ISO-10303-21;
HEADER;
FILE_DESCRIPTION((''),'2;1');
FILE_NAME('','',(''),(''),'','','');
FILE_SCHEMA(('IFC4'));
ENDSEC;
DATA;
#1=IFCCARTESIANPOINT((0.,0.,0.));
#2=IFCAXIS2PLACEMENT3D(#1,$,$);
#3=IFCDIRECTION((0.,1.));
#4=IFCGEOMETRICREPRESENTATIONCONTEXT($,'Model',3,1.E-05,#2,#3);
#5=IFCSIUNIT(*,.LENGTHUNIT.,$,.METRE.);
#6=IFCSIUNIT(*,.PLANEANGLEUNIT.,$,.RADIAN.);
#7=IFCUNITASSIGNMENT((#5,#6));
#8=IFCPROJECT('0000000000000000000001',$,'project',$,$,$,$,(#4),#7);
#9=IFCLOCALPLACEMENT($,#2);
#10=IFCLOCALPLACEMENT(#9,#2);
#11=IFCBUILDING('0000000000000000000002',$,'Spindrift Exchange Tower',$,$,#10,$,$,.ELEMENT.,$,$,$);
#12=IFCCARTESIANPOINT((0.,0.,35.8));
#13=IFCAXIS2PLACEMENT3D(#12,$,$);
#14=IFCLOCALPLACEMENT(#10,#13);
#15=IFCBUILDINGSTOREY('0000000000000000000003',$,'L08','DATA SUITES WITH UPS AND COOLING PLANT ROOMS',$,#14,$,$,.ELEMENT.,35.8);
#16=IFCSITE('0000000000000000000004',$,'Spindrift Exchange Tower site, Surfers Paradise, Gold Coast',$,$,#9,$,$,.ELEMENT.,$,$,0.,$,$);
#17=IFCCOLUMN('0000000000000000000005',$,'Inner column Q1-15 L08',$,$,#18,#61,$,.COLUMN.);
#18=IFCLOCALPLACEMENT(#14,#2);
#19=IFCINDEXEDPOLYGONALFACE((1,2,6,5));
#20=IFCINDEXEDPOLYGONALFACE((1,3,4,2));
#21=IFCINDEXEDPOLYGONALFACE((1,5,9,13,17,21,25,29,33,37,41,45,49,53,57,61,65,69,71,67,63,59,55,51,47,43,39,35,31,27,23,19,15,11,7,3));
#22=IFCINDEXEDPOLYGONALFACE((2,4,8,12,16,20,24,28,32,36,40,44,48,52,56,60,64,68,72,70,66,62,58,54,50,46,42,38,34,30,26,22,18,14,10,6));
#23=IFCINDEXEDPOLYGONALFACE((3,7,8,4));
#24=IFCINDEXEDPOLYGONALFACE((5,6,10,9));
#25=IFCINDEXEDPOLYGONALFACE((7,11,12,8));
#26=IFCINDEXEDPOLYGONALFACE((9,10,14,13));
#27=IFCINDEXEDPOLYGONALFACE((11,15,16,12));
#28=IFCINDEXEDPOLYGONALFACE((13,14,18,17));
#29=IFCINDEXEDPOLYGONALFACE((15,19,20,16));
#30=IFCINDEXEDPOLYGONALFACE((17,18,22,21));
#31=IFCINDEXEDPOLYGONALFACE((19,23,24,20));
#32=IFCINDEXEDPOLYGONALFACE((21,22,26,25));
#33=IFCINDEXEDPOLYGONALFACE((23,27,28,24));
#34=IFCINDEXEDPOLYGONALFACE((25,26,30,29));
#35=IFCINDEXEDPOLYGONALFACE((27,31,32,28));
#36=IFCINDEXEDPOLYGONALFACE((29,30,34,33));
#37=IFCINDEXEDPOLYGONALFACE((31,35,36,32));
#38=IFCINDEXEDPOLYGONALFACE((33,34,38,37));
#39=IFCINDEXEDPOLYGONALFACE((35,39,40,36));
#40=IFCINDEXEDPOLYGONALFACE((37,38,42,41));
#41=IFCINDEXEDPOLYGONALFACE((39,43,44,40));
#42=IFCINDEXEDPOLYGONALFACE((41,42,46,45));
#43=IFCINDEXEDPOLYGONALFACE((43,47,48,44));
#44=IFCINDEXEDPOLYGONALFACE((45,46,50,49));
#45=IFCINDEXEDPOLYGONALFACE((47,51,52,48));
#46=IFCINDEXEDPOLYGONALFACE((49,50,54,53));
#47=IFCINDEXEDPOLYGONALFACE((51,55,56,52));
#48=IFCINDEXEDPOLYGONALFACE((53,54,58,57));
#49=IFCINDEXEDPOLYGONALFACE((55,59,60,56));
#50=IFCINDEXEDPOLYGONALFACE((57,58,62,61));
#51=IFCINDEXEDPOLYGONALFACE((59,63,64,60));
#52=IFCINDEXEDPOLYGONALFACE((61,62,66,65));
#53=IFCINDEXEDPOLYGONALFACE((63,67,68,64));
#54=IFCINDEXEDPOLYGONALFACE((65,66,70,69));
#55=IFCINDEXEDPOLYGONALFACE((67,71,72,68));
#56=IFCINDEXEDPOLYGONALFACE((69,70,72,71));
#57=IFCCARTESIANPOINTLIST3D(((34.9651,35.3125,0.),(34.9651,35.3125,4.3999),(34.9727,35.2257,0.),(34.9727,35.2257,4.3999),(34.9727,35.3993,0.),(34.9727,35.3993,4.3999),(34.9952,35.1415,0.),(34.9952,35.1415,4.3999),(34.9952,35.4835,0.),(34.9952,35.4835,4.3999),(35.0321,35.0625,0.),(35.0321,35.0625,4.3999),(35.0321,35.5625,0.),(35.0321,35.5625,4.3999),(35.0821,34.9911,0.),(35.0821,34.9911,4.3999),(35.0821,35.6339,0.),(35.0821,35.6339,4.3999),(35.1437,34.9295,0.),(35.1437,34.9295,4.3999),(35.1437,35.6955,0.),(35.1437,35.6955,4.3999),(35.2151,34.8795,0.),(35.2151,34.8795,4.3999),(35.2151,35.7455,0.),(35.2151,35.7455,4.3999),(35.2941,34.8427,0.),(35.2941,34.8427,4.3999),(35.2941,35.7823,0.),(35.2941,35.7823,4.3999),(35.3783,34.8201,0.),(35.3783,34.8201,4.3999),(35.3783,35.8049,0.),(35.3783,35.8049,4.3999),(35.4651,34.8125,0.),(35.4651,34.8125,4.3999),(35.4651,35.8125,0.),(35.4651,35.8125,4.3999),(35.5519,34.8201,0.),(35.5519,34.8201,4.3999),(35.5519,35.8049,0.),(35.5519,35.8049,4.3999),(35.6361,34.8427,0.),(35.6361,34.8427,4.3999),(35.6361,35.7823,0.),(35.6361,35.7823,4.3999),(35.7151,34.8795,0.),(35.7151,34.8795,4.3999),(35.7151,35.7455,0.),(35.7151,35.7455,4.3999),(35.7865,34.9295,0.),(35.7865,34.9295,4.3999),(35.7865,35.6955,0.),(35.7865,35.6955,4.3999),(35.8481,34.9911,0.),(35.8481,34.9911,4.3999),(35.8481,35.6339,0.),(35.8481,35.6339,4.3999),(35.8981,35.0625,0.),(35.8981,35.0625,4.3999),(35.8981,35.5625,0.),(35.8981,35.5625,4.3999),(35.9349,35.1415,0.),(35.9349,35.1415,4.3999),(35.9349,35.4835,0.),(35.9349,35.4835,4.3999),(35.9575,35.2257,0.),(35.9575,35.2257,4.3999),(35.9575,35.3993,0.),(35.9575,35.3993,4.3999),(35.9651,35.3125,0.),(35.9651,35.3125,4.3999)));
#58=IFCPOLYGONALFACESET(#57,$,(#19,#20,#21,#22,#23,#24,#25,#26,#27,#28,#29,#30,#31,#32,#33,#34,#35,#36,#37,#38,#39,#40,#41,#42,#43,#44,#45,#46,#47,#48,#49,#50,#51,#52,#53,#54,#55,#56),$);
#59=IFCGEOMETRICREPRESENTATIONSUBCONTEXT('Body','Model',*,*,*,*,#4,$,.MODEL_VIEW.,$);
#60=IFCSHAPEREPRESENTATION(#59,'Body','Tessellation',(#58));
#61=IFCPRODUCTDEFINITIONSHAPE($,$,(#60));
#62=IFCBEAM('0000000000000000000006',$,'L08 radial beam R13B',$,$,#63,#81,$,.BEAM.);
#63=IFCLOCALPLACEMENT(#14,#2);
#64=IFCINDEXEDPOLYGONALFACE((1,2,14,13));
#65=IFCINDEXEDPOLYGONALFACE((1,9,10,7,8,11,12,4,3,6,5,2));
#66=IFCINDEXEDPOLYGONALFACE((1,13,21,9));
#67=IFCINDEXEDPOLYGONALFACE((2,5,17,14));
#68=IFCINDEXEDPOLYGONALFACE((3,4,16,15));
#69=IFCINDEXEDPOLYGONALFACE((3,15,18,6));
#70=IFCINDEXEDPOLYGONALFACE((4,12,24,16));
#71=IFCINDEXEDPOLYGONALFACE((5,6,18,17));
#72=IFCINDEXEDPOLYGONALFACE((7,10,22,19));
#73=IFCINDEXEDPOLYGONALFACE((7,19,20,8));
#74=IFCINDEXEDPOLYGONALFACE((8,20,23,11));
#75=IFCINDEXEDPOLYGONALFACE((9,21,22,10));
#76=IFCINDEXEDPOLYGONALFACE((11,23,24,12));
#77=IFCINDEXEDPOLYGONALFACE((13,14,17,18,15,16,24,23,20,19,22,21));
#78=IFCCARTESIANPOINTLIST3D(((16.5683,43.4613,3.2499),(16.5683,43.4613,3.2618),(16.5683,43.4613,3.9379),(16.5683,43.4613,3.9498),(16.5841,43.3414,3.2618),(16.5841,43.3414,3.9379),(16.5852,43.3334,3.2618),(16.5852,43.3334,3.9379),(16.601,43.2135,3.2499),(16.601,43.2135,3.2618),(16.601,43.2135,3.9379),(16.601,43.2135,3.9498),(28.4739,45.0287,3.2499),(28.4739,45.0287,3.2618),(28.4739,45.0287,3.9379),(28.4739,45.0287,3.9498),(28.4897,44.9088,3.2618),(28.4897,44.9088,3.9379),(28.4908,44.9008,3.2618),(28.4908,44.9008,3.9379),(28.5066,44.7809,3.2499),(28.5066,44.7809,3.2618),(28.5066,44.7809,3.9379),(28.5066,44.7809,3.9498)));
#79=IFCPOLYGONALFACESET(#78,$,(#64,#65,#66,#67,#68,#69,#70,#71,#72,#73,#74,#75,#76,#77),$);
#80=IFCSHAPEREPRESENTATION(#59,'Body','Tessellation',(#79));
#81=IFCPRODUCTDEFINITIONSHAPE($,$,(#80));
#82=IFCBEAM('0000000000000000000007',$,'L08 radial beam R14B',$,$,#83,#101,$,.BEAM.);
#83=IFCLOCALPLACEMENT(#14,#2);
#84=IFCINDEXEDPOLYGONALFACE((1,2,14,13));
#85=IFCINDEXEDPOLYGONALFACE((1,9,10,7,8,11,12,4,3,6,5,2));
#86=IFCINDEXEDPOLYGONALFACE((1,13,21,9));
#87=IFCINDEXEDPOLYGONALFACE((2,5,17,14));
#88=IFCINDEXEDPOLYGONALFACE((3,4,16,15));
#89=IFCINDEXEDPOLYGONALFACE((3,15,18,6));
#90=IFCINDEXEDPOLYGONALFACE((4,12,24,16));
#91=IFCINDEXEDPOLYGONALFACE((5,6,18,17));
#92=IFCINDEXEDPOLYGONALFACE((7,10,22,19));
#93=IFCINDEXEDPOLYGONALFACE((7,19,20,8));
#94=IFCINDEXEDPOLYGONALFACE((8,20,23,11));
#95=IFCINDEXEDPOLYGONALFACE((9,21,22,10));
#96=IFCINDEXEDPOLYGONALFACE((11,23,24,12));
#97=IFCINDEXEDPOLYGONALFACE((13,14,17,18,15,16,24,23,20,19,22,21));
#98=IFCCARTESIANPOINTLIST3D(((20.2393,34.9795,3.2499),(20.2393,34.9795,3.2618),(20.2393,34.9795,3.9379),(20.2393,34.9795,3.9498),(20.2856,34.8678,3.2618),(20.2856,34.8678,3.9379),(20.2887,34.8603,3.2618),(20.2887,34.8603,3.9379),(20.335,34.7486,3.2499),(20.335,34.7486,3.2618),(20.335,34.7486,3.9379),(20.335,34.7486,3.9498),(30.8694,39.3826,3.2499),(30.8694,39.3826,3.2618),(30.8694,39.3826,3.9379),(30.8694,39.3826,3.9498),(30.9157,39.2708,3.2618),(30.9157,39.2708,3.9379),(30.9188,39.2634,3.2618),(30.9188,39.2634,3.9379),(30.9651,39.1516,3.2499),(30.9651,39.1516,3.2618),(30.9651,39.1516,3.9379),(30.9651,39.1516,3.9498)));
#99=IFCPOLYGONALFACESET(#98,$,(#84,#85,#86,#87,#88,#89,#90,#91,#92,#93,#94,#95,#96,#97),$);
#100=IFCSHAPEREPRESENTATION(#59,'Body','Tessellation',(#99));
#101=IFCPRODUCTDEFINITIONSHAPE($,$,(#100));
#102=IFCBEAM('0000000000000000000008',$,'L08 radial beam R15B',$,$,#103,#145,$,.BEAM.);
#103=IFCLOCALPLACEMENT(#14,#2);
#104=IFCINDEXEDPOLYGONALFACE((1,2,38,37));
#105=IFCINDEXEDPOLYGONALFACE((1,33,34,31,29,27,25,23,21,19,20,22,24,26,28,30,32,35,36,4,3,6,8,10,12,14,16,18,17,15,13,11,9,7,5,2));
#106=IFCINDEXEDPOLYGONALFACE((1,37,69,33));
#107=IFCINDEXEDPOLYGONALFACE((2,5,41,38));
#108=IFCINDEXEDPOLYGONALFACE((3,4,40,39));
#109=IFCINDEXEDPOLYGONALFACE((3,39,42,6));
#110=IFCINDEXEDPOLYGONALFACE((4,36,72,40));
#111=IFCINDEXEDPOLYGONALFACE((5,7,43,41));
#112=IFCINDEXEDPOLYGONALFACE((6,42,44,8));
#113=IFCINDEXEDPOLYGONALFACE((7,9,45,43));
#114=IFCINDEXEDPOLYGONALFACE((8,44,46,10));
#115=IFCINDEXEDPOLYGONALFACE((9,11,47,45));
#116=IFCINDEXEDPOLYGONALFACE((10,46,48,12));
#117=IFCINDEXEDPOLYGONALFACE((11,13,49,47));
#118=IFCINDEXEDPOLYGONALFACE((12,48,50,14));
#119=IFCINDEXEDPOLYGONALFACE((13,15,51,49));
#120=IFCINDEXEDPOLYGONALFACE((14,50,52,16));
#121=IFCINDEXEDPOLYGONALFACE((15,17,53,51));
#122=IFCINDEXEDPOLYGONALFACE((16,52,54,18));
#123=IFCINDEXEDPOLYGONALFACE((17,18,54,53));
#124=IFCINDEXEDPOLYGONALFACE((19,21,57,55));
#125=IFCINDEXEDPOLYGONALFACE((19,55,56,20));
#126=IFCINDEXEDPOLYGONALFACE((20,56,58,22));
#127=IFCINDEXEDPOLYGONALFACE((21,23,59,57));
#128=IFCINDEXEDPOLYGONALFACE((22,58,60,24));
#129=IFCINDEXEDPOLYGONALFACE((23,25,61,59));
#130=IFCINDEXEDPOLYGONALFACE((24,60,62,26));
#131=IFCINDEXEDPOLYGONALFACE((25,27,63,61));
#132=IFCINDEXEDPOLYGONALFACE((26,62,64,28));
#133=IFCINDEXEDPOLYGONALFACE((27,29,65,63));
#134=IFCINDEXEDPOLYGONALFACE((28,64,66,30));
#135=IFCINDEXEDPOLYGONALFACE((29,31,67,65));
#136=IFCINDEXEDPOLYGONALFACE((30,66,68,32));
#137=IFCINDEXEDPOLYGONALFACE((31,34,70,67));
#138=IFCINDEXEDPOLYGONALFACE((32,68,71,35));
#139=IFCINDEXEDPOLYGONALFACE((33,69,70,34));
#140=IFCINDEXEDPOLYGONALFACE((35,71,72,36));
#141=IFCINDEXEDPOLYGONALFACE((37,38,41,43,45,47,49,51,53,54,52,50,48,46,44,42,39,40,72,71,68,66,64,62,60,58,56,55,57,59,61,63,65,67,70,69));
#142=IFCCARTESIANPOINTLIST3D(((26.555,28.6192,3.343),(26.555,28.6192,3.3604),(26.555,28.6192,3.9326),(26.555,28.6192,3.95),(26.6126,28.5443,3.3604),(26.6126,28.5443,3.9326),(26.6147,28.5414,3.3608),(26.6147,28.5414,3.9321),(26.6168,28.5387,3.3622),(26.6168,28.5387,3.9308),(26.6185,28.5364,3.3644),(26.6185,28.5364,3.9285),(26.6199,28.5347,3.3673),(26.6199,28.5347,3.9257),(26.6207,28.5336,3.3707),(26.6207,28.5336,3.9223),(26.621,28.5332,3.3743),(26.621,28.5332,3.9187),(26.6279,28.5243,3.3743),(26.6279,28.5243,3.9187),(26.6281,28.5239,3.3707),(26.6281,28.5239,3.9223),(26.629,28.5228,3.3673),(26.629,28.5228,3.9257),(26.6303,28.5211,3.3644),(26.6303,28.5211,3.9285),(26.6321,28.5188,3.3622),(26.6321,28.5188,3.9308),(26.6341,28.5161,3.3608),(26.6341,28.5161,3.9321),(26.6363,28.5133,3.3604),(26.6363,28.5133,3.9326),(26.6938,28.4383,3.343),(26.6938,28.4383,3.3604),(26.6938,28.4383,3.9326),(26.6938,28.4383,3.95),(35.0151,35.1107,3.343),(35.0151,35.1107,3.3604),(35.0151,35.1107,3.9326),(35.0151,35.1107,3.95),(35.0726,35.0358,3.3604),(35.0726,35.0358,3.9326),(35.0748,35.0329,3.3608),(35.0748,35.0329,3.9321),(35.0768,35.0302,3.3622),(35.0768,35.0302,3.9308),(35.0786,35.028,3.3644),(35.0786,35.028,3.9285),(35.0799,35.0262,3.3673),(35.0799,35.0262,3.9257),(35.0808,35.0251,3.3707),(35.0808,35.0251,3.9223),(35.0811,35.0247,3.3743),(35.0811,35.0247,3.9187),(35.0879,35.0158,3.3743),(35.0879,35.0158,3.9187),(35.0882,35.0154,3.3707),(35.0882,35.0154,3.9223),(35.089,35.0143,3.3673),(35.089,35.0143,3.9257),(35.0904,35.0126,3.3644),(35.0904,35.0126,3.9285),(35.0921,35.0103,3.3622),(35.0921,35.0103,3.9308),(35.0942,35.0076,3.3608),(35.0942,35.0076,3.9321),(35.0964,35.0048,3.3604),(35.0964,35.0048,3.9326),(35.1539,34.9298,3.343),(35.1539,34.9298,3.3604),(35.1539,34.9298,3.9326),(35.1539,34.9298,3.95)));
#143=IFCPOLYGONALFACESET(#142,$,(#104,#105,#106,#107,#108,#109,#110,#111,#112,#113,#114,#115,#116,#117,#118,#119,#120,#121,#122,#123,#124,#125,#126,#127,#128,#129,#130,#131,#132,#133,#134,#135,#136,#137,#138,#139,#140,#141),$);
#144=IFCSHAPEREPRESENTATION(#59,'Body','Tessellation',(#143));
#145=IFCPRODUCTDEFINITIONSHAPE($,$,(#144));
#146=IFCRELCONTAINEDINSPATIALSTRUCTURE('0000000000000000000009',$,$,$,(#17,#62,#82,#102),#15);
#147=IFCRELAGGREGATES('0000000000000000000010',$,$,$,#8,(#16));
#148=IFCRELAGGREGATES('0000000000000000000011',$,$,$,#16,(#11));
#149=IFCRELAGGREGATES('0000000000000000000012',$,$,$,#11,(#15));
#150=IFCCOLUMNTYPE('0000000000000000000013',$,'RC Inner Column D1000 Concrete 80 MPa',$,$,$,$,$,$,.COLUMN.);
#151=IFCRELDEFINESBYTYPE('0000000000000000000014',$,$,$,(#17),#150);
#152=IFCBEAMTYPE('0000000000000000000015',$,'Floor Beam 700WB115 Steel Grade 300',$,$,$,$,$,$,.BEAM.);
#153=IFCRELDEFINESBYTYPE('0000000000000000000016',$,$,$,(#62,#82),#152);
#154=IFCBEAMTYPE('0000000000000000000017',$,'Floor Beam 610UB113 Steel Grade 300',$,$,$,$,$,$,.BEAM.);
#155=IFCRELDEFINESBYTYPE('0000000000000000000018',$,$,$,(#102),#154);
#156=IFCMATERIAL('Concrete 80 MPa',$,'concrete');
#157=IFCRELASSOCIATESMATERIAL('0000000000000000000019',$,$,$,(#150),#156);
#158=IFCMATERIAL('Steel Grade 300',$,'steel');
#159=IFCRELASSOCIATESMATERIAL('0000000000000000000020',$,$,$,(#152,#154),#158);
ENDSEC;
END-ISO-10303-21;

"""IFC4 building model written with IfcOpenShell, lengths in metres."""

from ifc_helpers import new_model, si_unit, direction, frame, origin, origin_2d, place, context, subcontext, project, spatial, circle, i_section, extrude, source, transform, mapped, material, material_profile, profile_set, type_object, element, save


model = new_model("IFC4")

# Units and contexts
model_context = context("Model", 3, precision=1e-05, world=origin(), true_north=direction((0.0, 1.0)))
body_context = subcontext(model_context, "Body", "Model", "MODEL_VIEW")
ifc_project = project(units=[si_unit("LENGTHUNIT", "METRE"), si_unit("PLANEANGLEUNIT", "RADIAN")], contexts=[model_context])

# Site, building, storey
site_placement = place(None, origin())
site = spatial("IfcSite", under=ifc_project, at=site_placement, Name="Spindrift Exchange Tower site, Surfers Paradise, Gold Coast", CompositionType="ELEMENT", RefElevation=0.0)
building_placement = place(site_placement, origin())
building = spatial("IfcBuilding", under=site, at=building_placement, Name="Spindrift Exchange Tower", CompositionType="ELEMENT")
storey_placement = place(building_placement, frame((0.0, 0.0, 35.8)))
storey = spatial("IfcBuildingStorey", under=building, at=storey_placement, Name="L08", Description="DATA SUITES WITH UPS AND COOLING PLANT ROOMS", CompositionType="ELEMENT", Elevation=35.8)

# Column
ifc_material_1 = material(Name="Concrete 80 MPa", Category="concrete")
ifc_material_profile_1 = material_profile(ifc_material_1, circle(Radius=0.5, at=origin_2d()), Name="RC D1000")
ifc_profile_set_1 = profile_set([ifc_material_profile_1], Name="Concrete 80 MPa")
column_type_1 = type_object("IfcColumnType", Name="RC Inner Column D1000 Concrete 80 MPa", PredefinedType="COLUMN", material=ifc_profile_set_1)
shared_shape_1 = source(origin(), body_context, "Body", "SweptSolid", [
    extrude(circle(Radius=0.5, at=origin_2d()), origin(), (0.0, 0.0, 1.0), 4.3999),
])
for number, where, z_axis, x_axis, name in (
    (1, (35.4651, 35.3125, 0.0), (0.0, 0.0, 1.0), (1.0, 0.0, 0.0), "Inner column Q1-15 L08"),
):
    element("IfcColumn", number, at=place(storey_placement, frame(where, z_axis=z_axis, x_axis=x_axis)), inside=storey, type_object=column_type_1, Name=name, PredefinedType="COLUMN", context=body_context, shape_type="MappedRepresentation", body=[
        mapped(shared_shape_1, transform((0.0, 0.0, 0.0), scale=1.0)),
    ])

# Beams
ifc_material_2 = material(Name="Steel Grade 300", Category="steel")
ifc_material_profile_2 = material_profile(ifc_material_2, i_section(OverallWidth=0.25, OverallDepth=0.7, WebThickness=0.0081, FlangeThickness=0.012, at=origin_2d()), Name="700WB115")
ifc_profile_set_2 = profile_set([ifc_material_profile_2], Name="Steel Grade 300")
beam_type_1 = type_object("IfcBeamType", Name="Floor Beam 700WB115 Steel Grade 300", PredefinedType="BEAM", material=ifc_profile_set_2)
shared_shape_2 = source(origin(), body_context, "Body", "SweptSolid", [
    extrude(i_section(OverallWidth=0.25, OverallDepth=0.7, WebThickness=0.0081, FlangeThickness=0.012, at=origin_2d()), origin(), (0.0, 0.0, 1.0), 12.0083),
])
beam_1_placement = place(storey_placement, frame((28.4902, 44.9048, 3.5999), z_axis=(-0.991445, -0.130526, 0.0), x_axis=(0.130526, -0.991445, 0.0)))
element("IfcBeam", 2, at=beam_1_placement, inside=storey, type_object=beam_type_1, Name="L08 radial beam R13B", PredefinedType="BEAM", context=body_context, shape_type="MappedRepresentation", body=[
    mapped(shared_shape_2, transform((0.0, 0.0, 0.0), scale=1.0)),
])
shared_shape_3 = source(origin(), body_context, "Body", "SweptSolid", [
    extrude(i_section(OverallWidth=0.25, OverallDepth=0.7, WebThickness=0.0081, FlangeThickness=0.012, at=origin_2d()), origin(), (0.0, 0.0, 1.0), 11.5059),
])
beam_2_placement = place(storey_placement, frame((30.9172, 39.2671, 3.5999), z_axis=(-0.923882, -0.382678, 0.0), x_axis=(0.382678, -0.923882, 0.0)))
element("IfcBeam", 3, at=beam_2_placement, inside=storey, type_object=beam_type_1, Name="L08 radial beam R14B", PredefinedType="BEAM", context=body_context, shape_type="MappedRepresentation", body=[
    mapped(shared_shape_3, transform((0.0, 0.0, 0.0), scale=1.0)),
])
ifc_material_profile_3 = material_profile(ifc_material_2, i_section(OverallWidth=0.228, OverallDepth=0.6069, WebThickness=0.0112, FlangeThickness=0.0173, FilletRadius=0.0139, at=origin_2d()), Name="610UB113")
ifc_profile_set_3 = profile_set([ifc_material_profile_3], Name="Steel Grade 300")
beam_type_2 = type_object("IfcBeamType", Name="Floor Beam 610UB113 Steel Grade 300", PredefinedType="BEAM", material=ifc_profile_set_3)
shared_shape_4 = source(origin(), body_context, "Body", "SweptSolid", [
    extrude(i_section(OverallWidth=0.228, OverallDepth=0.6069, WebThickness=0.0112, FlangeThickness=0.0173, FilletRadius=0.0139, at=origin_2d()), origin(), (0.0, 0.0, 1.0), 10.6636),
])
beam_3_placement = place(storey_placement, frame((35.0845, 35.0203, 3.6465), z_axis=(-0.793358, -0.608755, 0.0), x_axis=(0.608755, -0.793358, 0.0)))
element("IfcBeam", 4, at=beam_3_placement, inside=storey, type_object=beam_type_2, Name="L08 radial beam R15B", PredefinedType="BEAM", context=body_context, shape_type="MappedRepresentation", body=[
    mapped(shared_shape_4, transform((0.0, 0.0, 0.0), scale=1.0)),
])

save(model, "model.ifc")
